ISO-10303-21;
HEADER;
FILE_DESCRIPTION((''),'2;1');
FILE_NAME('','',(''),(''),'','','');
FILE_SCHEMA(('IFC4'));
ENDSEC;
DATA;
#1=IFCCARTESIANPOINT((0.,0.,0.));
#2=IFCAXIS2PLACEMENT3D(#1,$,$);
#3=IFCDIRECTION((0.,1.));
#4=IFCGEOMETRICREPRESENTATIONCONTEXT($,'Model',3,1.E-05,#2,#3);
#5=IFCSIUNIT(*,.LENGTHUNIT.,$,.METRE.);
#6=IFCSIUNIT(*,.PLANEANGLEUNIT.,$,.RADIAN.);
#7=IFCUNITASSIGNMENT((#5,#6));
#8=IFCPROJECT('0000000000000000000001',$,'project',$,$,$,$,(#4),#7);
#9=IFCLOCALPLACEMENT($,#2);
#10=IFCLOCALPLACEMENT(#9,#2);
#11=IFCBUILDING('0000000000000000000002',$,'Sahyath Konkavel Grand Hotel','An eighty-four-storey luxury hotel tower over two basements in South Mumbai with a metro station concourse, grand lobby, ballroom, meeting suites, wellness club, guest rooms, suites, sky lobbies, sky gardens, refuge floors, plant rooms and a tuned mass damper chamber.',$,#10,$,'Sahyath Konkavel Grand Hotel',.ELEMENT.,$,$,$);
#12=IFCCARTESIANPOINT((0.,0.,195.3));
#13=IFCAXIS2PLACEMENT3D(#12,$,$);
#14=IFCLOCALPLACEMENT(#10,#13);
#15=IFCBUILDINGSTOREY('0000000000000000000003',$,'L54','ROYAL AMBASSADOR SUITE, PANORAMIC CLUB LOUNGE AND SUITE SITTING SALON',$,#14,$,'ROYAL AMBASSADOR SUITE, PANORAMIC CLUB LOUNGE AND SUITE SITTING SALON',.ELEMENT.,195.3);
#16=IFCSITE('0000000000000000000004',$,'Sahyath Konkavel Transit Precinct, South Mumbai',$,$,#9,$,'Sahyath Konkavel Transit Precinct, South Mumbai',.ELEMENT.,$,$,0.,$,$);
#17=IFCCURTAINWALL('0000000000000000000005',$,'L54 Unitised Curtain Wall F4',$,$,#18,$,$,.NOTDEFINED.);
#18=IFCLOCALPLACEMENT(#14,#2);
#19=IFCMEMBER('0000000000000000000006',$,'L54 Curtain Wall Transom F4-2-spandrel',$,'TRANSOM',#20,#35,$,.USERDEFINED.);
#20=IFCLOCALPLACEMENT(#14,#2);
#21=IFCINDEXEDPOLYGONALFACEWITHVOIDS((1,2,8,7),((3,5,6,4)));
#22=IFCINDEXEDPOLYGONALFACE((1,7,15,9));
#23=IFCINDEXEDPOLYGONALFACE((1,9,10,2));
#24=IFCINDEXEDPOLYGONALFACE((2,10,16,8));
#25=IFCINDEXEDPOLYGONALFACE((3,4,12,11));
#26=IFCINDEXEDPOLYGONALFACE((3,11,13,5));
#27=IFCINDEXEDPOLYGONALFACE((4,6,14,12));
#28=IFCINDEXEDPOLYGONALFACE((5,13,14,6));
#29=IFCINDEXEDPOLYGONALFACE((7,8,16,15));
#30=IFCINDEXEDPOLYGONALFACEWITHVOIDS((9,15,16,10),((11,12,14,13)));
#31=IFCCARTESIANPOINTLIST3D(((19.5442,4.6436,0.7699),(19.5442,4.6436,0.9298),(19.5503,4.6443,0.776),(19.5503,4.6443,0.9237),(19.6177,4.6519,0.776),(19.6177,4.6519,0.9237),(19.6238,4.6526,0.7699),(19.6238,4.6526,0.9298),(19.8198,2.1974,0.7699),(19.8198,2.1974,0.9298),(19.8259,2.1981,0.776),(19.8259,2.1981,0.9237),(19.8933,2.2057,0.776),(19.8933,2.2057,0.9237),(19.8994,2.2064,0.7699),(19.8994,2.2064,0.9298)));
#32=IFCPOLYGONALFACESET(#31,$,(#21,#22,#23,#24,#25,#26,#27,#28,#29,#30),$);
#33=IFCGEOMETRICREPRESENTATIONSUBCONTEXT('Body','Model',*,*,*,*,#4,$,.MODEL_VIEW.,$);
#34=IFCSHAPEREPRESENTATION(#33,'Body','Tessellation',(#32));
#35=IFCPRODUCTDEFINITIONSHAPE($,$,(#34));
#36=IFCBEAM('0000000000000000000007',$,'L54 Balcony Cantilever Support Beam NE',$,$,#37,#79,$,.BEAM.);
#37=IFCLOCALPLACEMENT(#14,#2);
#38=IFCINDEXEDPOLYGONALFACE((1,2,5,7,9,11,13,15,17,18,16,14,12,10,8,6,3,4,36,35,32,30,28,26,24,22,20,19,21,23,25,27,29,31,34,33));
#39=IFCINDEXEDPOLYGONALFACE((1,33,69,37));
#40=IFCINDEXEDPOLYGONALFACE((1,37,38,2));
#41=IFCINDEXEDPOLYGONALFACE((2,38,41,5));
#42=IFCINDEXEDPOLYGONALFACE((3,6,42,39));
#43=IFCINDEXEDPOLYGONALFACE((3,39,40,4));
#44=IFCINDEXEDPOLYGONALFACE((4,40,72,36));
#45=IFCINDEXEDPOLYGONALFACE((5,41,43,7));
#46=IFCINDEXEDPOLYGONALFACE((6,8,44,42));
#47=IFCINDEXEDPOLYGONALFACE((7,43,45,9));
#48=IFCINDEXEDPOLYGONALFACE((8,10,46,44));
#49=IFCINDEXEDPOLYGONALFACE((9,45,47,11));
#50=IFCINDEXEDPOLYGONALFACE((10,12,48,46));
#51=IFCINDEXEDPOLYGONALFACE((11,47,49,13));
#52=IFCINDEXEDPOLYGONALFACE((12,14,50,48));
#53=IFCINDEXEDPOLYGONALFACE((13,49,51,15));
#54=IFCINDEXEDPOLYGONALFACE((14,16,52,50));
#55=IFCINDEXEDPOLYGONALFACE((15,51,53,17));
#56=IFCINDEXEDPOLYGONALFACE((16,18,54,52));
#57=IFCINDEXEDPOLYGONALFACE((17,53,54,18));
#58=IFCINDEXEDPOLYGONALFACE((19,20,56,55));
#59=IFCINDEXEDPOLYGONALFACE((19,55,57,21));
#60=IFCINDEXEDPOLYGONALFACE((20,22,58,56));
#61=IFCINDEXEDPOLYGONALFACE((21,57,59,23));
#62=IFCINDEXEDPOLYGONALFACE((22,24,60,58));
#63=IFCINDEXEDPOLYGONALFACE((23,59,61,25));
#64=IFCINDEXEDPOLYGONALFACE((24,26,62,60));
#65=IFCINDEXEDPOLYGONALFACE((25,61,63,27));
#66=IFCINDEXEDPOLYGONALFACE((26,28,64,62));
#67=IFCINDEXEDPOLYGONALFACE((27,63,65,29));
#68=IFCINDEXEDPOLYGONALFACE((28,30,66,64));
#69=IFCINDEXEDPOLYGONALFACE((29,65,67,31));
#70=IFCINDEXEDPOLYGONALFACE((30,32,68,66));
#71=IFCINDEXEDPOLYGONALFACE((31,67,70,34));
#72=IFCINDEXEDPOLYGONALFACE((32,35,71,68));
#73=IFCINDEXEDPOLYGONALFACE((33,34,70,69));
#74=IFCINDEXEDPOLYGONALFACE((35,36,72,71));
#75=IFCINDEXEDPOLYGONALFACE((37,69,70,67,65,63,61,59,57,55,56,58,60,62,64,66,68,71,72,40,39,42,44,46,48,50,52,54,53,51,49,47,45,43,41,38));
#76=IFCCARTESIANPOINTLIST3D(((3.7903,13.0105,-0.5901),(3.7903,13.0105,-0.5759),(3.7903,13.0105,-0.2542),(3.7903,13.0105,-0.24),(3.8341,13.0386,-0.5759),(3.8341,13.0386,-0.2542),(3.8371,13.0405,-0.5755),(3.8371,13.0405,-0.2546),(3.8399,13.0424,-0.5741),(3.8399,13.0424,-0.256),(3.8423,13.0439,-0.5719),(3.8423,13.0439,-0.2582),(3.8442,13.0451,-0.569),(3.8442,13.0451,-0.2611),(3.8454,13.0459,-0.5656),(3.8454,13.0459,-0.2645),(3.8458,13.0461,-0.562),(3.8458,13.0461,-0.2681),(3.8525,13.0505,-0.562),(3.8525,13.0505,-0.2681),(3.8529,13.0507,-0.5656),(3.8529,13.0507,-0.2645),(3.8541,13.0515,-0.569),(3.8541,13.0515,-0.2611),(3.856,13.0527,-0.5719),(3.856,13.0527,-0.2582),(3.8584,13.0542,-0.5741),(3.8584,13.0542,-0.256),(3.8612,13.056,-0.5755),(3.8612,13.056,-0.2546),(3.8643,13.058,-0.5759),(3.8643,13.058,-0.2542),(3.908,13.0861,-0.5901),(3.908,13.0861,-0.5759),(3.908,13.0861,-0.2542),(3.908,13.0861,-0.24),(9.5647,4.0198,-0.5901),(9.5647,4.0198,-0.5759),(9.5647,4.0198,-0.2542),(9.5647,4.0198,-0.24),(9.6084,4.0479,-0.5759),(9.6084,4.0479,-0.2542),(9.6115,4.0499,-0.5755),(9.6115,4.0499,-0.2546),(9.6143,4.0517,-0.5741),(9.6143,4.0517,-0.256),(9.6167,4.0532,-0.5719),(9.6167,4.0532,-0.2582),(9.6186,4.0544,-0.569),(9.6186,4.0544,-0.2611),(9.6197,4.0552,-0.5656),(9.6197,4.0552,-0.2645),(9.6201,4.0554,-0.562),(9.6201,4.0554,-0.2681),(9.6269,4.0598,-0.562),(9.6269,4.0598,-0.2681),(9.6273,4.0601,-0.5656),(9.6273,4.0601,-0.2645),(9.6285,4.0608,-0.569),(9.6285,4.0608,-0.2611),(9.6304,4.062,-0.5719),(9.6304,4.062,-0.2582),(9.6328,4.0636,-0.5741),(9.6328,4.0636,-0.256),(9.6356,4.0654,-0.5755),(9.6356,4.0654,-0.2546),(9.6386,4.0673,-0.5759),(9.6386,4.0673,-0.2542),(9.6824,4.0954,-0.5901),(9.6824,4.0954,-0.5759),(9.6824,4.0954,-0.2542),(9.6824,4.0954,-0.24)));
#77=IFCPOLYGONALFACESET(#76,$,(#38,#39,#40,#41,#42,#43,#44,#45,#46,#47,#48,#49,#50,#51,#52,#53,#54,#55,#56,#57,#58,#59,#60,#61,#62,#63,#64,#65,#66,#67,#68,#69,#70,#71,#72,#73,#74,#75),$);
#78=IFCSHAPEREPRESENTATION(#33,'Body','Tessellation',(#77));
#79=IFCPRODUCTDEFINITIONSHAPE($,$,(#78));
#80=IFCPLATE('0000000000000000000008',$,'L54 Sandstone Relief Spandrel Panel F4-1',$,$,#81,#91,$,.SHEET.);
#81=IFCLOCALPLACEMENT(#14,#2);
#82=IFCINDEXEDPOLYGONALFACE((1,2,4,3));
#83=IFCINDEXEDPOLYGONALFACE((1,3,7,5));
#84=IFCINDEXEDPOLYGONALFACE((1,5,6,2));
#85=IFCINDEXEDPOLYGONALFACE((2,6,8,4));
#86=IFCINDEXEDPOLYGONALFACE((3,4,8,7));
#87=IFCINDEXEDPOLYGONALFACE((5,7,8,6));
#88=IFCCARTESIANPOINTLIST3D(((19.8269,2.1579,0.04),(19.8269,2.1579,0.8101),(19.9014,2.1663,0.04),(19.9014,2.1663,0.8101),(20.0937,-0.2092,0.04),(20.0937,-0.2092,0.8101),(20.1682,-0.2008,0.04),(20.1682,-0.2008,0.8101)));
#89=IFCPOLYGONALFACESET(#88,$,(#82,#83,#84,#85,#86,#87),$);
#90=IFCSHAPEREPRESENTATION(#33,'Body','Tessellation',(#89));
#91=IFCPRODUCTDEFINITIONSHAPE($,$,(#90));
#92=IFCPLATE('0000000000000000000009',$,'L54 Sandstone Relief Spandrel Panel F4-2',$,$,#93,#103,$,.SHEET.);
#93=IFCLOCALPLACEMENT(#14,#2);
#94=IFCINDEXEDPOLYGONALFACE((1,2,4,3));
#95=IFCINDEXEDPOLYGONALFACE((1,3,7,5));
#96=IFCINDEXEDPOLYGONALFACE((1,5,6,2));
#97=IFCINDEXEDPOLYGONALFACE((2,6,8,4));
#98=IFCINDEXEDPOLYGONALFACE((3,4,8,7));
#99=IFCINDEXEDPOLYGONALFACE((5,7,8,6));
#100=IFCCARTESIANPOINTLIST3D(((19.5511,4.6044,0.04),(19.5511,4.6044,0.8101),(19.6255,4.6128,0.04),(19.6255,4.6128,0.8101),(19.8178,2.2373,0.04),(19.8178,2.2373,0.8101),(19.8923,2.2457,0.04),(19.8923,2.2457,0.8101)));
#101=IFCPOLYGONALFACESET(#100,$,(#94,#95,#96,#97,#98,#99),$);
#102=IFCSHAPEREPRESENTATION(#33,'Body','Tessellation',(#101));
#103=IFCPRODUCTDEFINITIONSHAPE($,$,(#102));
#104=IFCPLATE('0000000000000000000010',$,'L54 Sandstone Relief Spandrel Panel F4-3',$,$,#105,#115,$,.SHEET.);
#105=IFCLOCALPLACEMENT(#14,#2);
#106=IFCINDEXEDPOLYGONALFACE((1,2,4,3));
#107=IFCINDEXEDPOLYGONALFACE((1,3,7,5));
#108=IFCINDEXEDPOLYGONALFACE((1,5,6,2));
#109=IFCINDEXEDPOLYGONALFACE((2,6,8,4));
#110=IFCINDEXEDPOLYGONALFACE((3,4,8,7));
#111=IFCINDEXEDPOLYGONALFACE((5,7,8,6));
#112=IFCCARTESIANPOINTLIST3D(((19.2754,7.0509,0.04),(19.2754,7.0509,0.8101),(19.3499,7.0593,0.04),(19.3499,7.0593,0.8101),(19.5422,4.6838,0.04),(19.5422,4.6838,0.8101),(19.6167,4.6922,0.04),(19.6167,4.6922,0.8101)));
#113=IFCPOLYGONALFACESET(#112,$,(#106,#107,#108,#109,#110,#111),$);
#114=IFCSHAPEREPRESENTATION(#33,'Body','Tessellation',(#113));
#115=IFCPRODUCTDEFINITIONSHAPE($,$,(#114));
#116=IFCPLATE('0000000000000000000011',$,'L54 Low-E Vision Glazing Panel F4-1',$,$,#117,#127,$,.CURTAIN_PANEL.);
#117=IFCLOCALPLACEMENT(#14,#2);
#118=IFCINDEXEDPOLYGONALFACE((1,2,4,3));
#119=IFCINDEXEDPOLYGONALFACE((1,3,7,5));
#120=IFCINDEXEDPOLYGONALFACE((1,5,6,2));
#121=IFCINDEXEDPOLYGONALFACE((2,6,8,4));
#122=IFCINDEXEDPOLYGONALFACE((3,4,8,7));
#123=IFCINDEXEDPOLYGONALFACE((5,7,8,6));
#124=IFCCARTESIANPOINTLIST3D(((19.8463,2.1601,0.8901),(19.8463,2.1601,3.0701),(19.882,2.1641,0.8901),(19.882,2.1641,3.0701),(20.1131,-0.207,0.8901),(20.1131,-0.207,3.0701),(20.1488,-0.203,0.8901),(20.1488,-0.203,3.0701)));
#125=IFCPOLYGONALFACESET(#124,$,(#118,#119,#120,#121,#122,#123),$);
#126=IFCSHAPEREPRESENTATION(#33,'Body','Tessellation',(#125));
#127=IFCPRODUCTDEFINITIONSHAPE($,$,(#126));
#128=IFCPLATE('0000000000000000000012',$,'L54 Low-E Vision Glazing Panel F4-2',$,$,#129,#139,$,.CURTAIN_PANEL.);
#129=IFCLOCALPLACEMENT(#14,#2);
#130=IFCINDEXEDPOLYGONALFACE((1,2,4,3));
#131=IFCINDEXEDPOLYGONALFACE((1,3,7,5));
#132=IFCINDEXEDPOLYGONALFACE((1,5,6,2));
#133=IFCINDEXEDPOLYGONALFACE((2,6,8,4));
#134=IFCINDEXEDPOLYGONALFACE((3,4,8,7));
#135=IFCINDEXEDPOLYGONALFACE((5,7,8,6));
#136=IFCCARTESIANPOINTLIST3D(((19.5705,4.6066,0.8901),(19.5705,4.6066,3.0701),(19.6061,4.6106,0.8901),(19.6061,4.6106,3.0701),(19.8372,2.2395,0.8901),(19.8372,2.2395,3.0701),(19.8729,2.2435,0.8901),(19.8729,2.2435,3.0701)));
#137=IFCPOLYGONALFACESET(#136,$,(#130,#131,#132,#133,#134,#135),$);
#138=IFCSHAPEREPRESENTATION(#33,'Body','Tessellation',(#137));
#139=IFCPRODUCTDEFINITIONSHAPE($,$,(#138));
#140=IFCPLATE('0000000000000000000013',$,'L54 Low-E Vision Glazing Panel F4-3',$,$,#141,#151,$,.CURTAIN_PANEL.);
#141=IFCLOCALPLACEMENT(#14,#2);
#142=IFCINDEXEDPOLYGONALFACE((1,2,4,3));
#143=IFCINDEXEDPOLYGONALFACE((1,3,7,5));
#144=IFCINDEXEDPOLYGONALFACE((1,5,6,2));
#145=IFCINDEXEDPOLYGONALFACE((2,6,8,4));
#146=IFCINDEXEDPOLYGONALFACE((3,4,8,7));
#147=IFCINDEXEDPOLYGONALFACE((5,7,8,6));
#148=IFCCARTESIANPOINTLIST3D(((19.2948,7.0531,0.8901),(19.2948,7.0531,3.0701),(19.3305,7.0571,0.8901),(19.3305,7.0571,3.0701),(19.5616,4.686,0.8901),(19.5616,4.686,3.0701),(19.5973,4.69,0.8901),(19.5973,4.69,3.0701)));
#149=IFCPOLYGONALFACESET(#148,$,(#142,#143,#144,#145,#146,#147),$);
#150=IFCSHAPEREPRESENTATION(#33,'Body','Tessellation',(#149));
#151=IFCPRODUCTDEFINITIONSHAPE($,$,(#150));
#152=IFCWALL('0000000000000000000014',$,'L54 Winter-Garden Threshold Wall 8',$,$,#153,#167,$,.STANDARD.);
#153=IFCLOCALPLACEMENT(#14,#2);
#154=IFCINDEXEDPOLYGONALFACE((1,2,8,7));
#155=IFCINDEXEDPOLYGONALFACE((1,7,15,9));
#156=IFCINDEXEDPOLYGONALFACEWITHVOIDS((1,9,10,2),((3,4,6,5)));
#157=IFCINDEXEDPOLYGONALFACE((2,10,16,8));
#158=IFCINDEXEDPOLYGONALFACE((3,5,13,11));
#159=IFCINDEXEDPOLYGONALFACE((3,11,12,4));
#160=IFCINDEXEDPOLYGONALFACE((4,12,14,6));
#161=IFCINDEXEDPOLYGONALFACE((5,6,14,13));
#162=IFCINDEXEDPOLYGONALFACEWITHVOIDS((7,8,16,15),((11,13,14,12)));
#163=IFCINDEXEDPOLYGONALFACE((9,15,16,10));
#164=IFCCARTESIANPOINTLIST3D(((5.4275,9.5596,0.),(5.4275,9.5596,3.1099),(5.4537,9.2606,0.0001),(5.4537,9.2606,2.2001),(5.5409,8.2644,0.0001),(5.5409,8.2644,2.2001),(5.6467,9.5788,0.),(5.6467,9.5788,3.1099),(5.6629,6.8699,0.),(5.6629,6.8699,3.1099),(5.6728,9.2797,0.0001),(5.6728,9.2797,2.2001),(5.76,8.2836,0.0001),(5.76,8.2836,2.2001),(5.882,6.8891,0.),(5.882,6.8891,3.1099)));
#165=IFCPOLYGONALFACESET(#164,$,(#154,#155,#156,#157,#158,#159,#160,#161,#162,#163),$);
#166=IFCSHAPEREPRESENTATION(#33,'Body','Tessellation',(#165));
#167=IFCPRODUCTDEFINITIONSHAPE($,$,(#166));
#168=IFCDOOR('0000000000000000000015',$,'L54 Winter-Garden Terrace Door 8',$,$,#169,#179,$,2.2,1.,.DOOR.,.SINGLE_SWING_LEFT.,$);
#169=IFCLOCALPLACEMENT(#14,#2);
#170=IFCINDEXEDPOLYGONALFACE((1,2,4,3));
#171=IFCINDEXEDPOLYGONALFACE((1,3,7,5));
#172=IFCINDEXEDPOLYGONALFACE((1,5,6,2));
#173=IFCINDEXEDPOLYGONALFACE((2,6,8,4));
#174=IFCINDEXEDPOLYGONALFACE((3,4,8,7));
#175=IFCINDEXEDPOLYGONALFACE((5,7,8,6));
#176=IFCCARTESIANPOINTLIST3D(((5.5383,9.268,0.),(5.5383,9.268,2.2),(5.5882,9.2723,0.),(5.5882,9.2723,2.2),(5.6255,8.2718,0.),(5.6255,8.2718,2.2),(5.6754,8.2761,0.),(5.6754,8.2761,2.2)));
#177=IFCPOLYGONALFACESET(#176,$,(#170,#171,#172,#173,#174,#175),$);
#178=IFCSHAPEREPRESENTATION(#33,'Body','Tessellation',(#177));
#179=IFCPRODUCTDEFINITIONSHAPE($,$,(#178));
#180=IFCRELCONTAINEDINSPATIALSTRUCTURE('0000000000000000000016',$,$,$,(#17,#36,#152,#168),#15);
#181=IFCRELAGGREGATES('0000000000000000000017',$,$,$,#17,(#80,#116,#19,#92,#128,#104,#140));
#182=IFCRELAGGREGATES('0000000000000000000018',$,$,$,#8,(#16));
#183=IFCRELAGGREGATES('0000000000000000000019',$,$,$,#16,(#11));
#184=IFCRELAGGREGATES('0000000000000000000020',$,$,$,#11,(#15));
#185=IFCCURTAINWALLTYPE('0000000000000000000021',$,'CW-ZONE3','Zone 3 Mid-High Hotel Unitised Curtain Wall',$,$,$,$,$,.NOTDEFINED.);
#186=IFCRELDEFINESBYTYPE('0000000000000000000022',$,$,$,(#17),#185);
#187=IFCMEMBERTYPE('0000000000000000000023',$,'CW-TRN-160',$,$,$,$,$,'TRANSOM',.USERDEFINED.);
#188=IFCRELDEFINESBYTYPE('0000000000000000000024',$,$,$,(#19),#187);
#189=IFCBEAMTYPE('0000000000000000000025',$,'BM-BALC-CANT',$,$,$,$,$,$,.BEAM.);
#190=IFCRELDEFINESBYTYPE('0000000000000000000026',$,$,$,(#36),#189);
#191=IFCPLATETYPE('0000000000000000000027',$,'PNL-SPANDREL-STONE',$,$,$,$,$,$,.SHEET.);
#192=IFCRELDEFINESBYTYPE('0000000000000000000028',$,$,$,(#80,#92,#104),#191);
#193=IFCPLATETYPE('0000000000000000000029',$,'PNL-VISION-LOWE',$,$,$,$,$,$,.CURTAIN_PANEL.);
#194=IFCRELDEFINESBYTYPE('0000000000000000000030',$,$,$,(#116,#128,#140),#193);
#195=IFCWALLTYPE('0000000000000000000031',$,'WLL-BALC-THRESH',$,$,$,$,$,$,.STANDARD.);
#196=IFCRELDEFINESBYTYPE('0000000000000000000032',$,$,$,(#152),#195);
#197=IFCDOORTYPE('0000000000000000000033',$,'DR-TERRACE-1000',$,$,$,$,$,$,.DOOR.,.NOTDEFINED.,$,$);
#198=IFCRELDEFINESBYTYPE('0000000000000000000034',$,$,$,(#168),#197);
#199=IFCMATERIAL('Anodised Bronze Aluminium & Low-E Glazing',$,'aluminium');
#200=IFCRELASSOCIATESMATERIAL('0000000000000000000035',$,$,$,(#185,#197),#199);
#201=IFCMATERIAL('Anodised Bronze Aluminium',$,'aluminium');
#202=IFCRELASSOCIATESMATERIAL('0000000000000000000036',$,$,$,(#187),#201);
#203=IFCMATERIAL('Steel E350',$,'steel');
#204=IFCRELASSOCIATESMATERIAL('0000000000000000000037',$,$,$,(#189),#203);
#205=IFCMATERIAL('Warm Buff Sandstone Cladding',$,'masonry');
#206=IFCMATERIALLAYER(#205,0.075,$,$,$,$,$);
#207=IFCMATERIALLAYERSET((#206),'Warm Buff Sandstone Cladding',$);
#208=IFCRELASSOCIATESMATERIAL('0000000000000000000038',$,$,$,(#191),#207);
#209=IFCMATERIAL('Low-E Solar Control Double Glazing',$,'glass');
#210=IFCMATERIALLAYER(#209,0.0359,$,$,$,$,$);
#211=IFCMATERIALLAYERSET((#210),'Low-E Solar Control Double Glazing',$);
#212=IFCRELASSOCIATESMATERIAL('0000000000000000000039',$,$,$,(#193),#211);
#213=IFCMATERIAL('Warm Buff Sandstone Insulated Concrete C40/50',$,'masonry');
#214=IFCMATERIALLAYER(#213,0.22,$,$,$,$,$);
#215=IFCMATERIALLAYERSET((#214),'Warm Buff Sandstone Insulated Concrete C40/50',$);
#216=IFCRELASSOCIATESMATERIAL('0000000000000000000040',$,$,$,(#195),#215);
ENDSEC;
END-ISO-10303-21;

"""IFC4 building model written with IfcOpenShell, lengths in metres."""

from ifc_helpers import new_model, si_unit, direction, frame, frame_2d, origin, origin_2d, place, context, subcontext, project, spatial, rectangle, hollow_rectangle, i_section, extrude, source, transform, mapped, material, layer, layer_set, material_profile, profile_set, type_object, element, fill, aggregate, save


model = new_model("IFC4")

# Units and contexts
model_context = context("Model", 3, precision=1e-05, world=origin(), true_north=direction((0.0, 1.0)))
body_context = subcontext(model_context, "Body", "Model", "MODEL_VIEW")
ifc_project = project(units=[si_unit("LENGTHUNIT", "METRE"), si_unit("PLANEANGLEUNIT", "RADIAN")], contexts=[model_context])

# Site, building, storey
site_placement = place(None, origin())
site = spatial("IfcSite", under=ifc_project, at=site_placement, Name="Sahyath Konkavel Transit Precinct, South Mumbai", LongName="Sahyath Konkavel Transit Precinct, South Mumbai", CompositionType="ELEMENT", RefElevation=0.0)
building_placement = place(site_placement, origin())
building = spatial("IfcBuilding", under=site, at=building_placement, Name="Sahyath Konkavel Grand Hotel", Description="An eighty-four-storey luxury hotel tower over two basements in South Mumbai with a metro station concourse, grand lobby, ballroom, meeting suites, wellness club, guest rooms, suites, sky lobbies, sky gardens, refuge floors, plant rooms and a tuned mass damper chamber.", LongName="Sahyath Konkavel Grand Hotel", CompositionType="ELEMENT")
storey_placement = place(building_placement, frame((0.0, 0.0, 195.3)))
storey = spatial("IfcBuildingStorey", under=building, at=storey_placement, Name="L54", Description="ROYAL AMBASSADOR SUITE, PANORAMIC CLUB LOUNGE AND SUITE SITTING SALON", LongName="ROYAL AMBASSADOR SUITE, PANORAMIC CLUB LOUNGE AND SUITE SITTING SALON", CompositionType="ELEMENT", Elevation=195.3)

# Shared definitions
ifc_material_1 = material(Name="Steel E350", Category="steel")

# Curtain wall
ifc_material_2 = material(Name="Anodised Bronze Aluminium & Low-E Glazing", Category="aluminium")
curtain_wall_type = type_object("IfcCurtainWallType", Name="CW-ZONE3", Description="Zone 3 Mid-High Hotel Unitised Curtain Wall", PredefinedType="NOTDEFINED", material=ifc_material_2)
curtain_wall_1_placement = place(storey_placement, origin())
curtain_wall_1 = element("IfcCurtainWall", 1, at=curtain_wall_1_placement, inside=storey, type_object=curtain_wall_type, Name="L54 Unitised Curtain Wall F4", PredefinedType="NOTDEFINED")
ifc_material_3 = material(Name="Anodised Bronze Aluminium", Category="aluminium")

# Member
ifc_material_profile_1 = material_profile(ifc_material_3, hollow_rectangle(XDim=0.0801, YDim=0.1599, WallThickness=0.0061, at=origin_2d()), Name="RHS 160x80x6")
ifc_profile_set_1 = profile_set([ifc_material_profile_1], Name="Anodised Bronze Aluminium")
member_type_1 = type_object("IfcMemberType", Name="CW-TRN-160", ElementType="TRANSOM", PredefinedType="USERDEFINED", material=ifc_profile_set_1)
shared_shape_1 = source(origin(), body_context, "Body", "SweptSolid", [
    extrude(hollow_rectangle(XDim=0.0801, YDim=0.1599, WallThickness=0.0061, at=origin_2d()), origin(), (0.0, 0.0, 1.0), 2.4617),
])
member_1_placement = place(storey_placement, frame((19.8596, 2.2019, 0.8499), z_axis=(-0.111966, 0.993712, 0.0), x_axis=(-0.993712, -0.111966, 0.0)))
member_1 = element("IfcMember", 2, at=member_1_placement, type_object=member_type_1, Name="L54 Curtain Wall Transom F4-2-spandrel", ObjectType="TRANSOM", PredefinedType="USERDEFINED", context=body_context, shape_type="MappedRepresentation", body=[
    mapped(shared_shape_1, transform((0.0, 0.0, 0.0), scale=1.0)),
])

# Beam
ifc_material_profile_2 = material_profile(ifc_material_1, i_section(OverallWidth=0.1399, OverallDepth=0.3501, WebThickness=0.0081, FlangeThickness=0.0142, FilletRadius=0.0139, at=origin_2d()), Name="ISMB 350")
ifc_profile_set_2 = profile_set([ifc_material_profile_2], Name="Steel E350")
beam_type_1 = type_object("IfcBeamType", Name="BM-BALC-CANT", PredefinedType="BEAM", material=ifc_profile_set_2)
shared_shape_2 = source(origin(), body_context, "Body", "SweptSolid", [
    extrude(i_section(OverallWidth=0.1399, OverallDepth=0.3501, WebThickness=0.0081, FlangeThickness=0.0142, FilletRadius=0.0139, at=origin_2d()), origin(), (0.0, 0.0, 1.0), 10.6853),
])
beam_1_placement = place(storey_placement, frame((9.6235, 4.0576, -0.415), z_axis=(-0.540404, 0.841406, 0.0), x_axis=(-0.841406, -0.540404, 0.0)))
element("IfcBeam", 3, at=beam_1_placement, inside=storey, type_object=beam_type_1, Name="L54 Balcony Cantilever Support Beam NE", PredefinedType="BEAM", context=body_context, shape_type="MappedRepresentation", body=[
    mapped(shared_shape_2, transform((0.0, 0.0, 0.0), scale=1.0)),
])

# Plates
ifc_material_4 = material(Name="Warm Buff Sandstone Cladding", Category="masonry")
ifc_layer_1 = layer(ifc_material_4, 0.075)
ifc_layer_set_1 = layer_set([ifc_layer_1], Name="Warm Buff Sandstone Cladding")
plate_type_1 = type_object("IfcPlateType", Name="PNL-SPANDREL-STONE", PredefinedType="SHEET", material=ifc_layer_set_1)
shared_shape_3 = source(origin(), body_context, "Body", "SweptSolid", [
    extrude(rectangle(XDim=2.3821, YDim=0.075, at=origin_2d()), origin(), (0.0, 0.0, 1.0), 0.77),
])
plate_1_placement = place(storey_placement, frame((19.9976, 0.9785, 0.04), z_axis=(0.0, 0.0, 1.0), x_axis=(-0.111989, 0.993709, 0.0)))
plate_1 = element("IfcPlate", 4, at=plate_1_placement, type_object=plate_type_1, Name="L54 Sandstone Relief Spandrel Panel F4-1", PredefinedType="SHEET", context=body_context, shape_type="MappedRepresentation", body=[
    mapped(shared_shape_3, transform((0.0, 0.0, 0.0), scale=1.0)),
])
plate_2_placement = place(storey_placement, frame((19.7217, 3.425, 0.04), z_axis=(0.0, 0.0, 1.0), x_axis=(-0.111989, 0.993709, 0.0)))
plate_2 = element("IfcPlate", 5, at=plate_2_placement, type_object=plate_type_1, Name="L54 Sandstone Relief Spandrel Panel F4-2", PredefinedType="SHEET", context=body_context, shape_type="MappedRepresentation", body=[
    mapped(shared_shape_3, transform((0.0, 0.0, 0.0), scale=1.0)),
])
plate_3_placement = place(storey_placement, frame((19.446, 5.8716, 0.04), z_axis=(0.0, 0.0, 1.0), x_axis=(-0.111989, 0.993709, 0.0)))
plate_3 = element("IfcPlate", 6, at=plate_3_placement, type_object=plate_type_1, Name="L54 Sandstone Relief Spandrel Panel F4-3", PredefinedType="SHEET", context=body_context, shape_type="MappedRepresentation", body=[
    mapped(shared_shape_3, transform((0.0, 0.0, 0.0), scale=1.0)),
])
ifc_material_5 = material(Name="Low-E Solar Control Double Glazing", Category="glass")
ifc_layer_2 = layer(ifc_material_5, 0.0359)
ifc_layer_set_2 = layer_set([ifc_layer_2], Name="Low-E Solar Control Double Glazing")
plate_type_2 = type_object("IfcPlateType", Name="PNL-VISION-LOWE", PredefinedType="CURTAIN_PANEL", material=ifc_layer_set_2)
shared_shape_4 = source(origin(), body_context, "Body", "SweptSolid", [
    extrude(rectangle(XDim=2.3821, YDim=0.0359, at=origin_2d()), origin(), (0.0, 0.0, 1.0), 2.1799),
])
plate_4_placement = place(storey_placement, frame((19.9976, 0.9785, 0.8901), z_axis=(0.0, 0.0, 1.0), x_axis=(-0.111989, 0.993709, 0.0)))
plate_4 = element("IfcPlate", 7, at=plate_4_placement, type_object=plate_type_2, Name="L54 Low-E Vision Glazing Panel F4-1", PredefinedType="CURTAIN_PANEL", context=body_context, shape_type="MappedRepresentation", body=[
    mapped(shared_shape_4, transform((0.0, 0.0, 0.0), scale=1.0)),
])
plate_5_placement = place(storey_placement, frame((19.7217, 3.425, 0.8901), z_axis=(0.0, 0.0, 1.0), x_axis=(-0.111989, 0.993709, 0.0)))
plate_5 = element("IfcPlate", 8, at=plate_5_placement, type_object=plate_type_2, Name="L54 Low-E Vision Glazing Panel F4-2", PredefinedType="CURTAIN_PANEL", context=body_context, shape_type="MappedRepresentation", body=[
    mapped(shared_shape_4, transform((0.0, 0.0, 0.0), scale=1.0)),
])
plate_6_placement = place(storey_placement, frame((19.446, 5.8716, 0.8901), z_axis=(0.0, 0.0, 1.0), x_axis=(-0.111989, 0.993709, 0.0)))
plate_6 = element("IfcPlate", 9, at=plate_6_placement, type_object=plate_type_2, Name="L54 Low-E Vision Glazing Panel F4-3", PredefinedType="CURTAIN_PANEL", context=body_context, shape_type="MappedRepresentation", body=[
    mapped(shared_shape_4, transform((0.0, 0.0, 0.0), scale=1.0)),
])
aggregate(curtain_wall_1, [plate_1, plate_4, member_1, plate_2, plate_5, plate_3, plate_6])

# Wall, opening, door
ifc_material_6 = material(Name="Warm Buff Sandstone Insulated Concrete C40/50", Category="masonry")
ifc_layer_3 = layer(ifc_material_6, 0.22)
ifc_layer_set_3 = layer_set([ifc_layer_3], Name="Warm Buff Sandstone Insulated Concrete C40/50")
wall_type_1 = type_object("IfcWallType", Name="WLL-BALC-THRESH", PredefinedType="STANDARD", material=ifc_layer_set_3)
wall_1_placement = place(storey_placement, frame((5.7725, 6.8794, 0.0), z_axis=(0.0, 0.0, 1.0), x_axis=(-0.087168, 0.996194, 0.0)))
wall_1 = element("IfcWall", 10, at=wall_1_placement, inside=storey, type_object=wall_type_1, Name="L54 Winter-Garden Threshold Wall 8", PredefinedType="STANDARD", context=body_context, shape_type="SweptSolid", body=[
    extrude(rectangle(XDim=2.7, YDim=0.22, at=frame_2d((1.3501, 0.0))), origin(), (0.0, 0.0, 1.0), 3.1099),
])
opening_1_placement = place(wall_1_placement, frame((1.3999, 0.0, 0.0)))
opening_1 = element("IfcOpeningElement", 11, at=opening_1_placement, cuts=wall_1, PredefinedType="OPENING", context=body_context, shape_type="SweptSolid", body=[
    extrude(rectangle(XDim=1.0, YDim=2.2, at=frame_2d((0.5, 1.1001))), frame((0.0, 0.1201, 0.0), z_axis=(0.0, -1.0, 0.0), x_axis=(1.0, 0.0, 0.0)), (0.0, 0.0, 1.0), 0.24),
])
door_type_1 = type_object("IfcDoorType", Name="DR-TERRACE-1000", OperationType="NOTDEFINED", PredefinedType="DOOR", material=ifc_material_2)
shared_shape_5 = source(origin(), body_context, "Body", "SweptSolid", [
    extrude(rectangle(XDim=1.0, YDim=0.05, at=origin_2d()), origin(), (0.0, 0.0, 1.0), 2.2),
])
door_1_placement = place(opening_1_placement, frame((0.5, 0.0, 0.0)))
door_1 = element("IfcDoor", 12, at=door_1_placement, inside=storey, type_object=door_type_1, Name="L54 Winter-Garden Terrace Door 8", OperationType="SINGLE_SWING_LEFT", OverallHeight=2.2, OverallWidth=1.0, PredefinedType="DOOR", context=body_context, shape_type="MappedRepresentation", body=[
    mapped(shared_shape_5, transform((0.0, 0.0, 0.0), scale=1.0)),
])
fill(opening_1, door_1)

save(model, "model.ifc")
